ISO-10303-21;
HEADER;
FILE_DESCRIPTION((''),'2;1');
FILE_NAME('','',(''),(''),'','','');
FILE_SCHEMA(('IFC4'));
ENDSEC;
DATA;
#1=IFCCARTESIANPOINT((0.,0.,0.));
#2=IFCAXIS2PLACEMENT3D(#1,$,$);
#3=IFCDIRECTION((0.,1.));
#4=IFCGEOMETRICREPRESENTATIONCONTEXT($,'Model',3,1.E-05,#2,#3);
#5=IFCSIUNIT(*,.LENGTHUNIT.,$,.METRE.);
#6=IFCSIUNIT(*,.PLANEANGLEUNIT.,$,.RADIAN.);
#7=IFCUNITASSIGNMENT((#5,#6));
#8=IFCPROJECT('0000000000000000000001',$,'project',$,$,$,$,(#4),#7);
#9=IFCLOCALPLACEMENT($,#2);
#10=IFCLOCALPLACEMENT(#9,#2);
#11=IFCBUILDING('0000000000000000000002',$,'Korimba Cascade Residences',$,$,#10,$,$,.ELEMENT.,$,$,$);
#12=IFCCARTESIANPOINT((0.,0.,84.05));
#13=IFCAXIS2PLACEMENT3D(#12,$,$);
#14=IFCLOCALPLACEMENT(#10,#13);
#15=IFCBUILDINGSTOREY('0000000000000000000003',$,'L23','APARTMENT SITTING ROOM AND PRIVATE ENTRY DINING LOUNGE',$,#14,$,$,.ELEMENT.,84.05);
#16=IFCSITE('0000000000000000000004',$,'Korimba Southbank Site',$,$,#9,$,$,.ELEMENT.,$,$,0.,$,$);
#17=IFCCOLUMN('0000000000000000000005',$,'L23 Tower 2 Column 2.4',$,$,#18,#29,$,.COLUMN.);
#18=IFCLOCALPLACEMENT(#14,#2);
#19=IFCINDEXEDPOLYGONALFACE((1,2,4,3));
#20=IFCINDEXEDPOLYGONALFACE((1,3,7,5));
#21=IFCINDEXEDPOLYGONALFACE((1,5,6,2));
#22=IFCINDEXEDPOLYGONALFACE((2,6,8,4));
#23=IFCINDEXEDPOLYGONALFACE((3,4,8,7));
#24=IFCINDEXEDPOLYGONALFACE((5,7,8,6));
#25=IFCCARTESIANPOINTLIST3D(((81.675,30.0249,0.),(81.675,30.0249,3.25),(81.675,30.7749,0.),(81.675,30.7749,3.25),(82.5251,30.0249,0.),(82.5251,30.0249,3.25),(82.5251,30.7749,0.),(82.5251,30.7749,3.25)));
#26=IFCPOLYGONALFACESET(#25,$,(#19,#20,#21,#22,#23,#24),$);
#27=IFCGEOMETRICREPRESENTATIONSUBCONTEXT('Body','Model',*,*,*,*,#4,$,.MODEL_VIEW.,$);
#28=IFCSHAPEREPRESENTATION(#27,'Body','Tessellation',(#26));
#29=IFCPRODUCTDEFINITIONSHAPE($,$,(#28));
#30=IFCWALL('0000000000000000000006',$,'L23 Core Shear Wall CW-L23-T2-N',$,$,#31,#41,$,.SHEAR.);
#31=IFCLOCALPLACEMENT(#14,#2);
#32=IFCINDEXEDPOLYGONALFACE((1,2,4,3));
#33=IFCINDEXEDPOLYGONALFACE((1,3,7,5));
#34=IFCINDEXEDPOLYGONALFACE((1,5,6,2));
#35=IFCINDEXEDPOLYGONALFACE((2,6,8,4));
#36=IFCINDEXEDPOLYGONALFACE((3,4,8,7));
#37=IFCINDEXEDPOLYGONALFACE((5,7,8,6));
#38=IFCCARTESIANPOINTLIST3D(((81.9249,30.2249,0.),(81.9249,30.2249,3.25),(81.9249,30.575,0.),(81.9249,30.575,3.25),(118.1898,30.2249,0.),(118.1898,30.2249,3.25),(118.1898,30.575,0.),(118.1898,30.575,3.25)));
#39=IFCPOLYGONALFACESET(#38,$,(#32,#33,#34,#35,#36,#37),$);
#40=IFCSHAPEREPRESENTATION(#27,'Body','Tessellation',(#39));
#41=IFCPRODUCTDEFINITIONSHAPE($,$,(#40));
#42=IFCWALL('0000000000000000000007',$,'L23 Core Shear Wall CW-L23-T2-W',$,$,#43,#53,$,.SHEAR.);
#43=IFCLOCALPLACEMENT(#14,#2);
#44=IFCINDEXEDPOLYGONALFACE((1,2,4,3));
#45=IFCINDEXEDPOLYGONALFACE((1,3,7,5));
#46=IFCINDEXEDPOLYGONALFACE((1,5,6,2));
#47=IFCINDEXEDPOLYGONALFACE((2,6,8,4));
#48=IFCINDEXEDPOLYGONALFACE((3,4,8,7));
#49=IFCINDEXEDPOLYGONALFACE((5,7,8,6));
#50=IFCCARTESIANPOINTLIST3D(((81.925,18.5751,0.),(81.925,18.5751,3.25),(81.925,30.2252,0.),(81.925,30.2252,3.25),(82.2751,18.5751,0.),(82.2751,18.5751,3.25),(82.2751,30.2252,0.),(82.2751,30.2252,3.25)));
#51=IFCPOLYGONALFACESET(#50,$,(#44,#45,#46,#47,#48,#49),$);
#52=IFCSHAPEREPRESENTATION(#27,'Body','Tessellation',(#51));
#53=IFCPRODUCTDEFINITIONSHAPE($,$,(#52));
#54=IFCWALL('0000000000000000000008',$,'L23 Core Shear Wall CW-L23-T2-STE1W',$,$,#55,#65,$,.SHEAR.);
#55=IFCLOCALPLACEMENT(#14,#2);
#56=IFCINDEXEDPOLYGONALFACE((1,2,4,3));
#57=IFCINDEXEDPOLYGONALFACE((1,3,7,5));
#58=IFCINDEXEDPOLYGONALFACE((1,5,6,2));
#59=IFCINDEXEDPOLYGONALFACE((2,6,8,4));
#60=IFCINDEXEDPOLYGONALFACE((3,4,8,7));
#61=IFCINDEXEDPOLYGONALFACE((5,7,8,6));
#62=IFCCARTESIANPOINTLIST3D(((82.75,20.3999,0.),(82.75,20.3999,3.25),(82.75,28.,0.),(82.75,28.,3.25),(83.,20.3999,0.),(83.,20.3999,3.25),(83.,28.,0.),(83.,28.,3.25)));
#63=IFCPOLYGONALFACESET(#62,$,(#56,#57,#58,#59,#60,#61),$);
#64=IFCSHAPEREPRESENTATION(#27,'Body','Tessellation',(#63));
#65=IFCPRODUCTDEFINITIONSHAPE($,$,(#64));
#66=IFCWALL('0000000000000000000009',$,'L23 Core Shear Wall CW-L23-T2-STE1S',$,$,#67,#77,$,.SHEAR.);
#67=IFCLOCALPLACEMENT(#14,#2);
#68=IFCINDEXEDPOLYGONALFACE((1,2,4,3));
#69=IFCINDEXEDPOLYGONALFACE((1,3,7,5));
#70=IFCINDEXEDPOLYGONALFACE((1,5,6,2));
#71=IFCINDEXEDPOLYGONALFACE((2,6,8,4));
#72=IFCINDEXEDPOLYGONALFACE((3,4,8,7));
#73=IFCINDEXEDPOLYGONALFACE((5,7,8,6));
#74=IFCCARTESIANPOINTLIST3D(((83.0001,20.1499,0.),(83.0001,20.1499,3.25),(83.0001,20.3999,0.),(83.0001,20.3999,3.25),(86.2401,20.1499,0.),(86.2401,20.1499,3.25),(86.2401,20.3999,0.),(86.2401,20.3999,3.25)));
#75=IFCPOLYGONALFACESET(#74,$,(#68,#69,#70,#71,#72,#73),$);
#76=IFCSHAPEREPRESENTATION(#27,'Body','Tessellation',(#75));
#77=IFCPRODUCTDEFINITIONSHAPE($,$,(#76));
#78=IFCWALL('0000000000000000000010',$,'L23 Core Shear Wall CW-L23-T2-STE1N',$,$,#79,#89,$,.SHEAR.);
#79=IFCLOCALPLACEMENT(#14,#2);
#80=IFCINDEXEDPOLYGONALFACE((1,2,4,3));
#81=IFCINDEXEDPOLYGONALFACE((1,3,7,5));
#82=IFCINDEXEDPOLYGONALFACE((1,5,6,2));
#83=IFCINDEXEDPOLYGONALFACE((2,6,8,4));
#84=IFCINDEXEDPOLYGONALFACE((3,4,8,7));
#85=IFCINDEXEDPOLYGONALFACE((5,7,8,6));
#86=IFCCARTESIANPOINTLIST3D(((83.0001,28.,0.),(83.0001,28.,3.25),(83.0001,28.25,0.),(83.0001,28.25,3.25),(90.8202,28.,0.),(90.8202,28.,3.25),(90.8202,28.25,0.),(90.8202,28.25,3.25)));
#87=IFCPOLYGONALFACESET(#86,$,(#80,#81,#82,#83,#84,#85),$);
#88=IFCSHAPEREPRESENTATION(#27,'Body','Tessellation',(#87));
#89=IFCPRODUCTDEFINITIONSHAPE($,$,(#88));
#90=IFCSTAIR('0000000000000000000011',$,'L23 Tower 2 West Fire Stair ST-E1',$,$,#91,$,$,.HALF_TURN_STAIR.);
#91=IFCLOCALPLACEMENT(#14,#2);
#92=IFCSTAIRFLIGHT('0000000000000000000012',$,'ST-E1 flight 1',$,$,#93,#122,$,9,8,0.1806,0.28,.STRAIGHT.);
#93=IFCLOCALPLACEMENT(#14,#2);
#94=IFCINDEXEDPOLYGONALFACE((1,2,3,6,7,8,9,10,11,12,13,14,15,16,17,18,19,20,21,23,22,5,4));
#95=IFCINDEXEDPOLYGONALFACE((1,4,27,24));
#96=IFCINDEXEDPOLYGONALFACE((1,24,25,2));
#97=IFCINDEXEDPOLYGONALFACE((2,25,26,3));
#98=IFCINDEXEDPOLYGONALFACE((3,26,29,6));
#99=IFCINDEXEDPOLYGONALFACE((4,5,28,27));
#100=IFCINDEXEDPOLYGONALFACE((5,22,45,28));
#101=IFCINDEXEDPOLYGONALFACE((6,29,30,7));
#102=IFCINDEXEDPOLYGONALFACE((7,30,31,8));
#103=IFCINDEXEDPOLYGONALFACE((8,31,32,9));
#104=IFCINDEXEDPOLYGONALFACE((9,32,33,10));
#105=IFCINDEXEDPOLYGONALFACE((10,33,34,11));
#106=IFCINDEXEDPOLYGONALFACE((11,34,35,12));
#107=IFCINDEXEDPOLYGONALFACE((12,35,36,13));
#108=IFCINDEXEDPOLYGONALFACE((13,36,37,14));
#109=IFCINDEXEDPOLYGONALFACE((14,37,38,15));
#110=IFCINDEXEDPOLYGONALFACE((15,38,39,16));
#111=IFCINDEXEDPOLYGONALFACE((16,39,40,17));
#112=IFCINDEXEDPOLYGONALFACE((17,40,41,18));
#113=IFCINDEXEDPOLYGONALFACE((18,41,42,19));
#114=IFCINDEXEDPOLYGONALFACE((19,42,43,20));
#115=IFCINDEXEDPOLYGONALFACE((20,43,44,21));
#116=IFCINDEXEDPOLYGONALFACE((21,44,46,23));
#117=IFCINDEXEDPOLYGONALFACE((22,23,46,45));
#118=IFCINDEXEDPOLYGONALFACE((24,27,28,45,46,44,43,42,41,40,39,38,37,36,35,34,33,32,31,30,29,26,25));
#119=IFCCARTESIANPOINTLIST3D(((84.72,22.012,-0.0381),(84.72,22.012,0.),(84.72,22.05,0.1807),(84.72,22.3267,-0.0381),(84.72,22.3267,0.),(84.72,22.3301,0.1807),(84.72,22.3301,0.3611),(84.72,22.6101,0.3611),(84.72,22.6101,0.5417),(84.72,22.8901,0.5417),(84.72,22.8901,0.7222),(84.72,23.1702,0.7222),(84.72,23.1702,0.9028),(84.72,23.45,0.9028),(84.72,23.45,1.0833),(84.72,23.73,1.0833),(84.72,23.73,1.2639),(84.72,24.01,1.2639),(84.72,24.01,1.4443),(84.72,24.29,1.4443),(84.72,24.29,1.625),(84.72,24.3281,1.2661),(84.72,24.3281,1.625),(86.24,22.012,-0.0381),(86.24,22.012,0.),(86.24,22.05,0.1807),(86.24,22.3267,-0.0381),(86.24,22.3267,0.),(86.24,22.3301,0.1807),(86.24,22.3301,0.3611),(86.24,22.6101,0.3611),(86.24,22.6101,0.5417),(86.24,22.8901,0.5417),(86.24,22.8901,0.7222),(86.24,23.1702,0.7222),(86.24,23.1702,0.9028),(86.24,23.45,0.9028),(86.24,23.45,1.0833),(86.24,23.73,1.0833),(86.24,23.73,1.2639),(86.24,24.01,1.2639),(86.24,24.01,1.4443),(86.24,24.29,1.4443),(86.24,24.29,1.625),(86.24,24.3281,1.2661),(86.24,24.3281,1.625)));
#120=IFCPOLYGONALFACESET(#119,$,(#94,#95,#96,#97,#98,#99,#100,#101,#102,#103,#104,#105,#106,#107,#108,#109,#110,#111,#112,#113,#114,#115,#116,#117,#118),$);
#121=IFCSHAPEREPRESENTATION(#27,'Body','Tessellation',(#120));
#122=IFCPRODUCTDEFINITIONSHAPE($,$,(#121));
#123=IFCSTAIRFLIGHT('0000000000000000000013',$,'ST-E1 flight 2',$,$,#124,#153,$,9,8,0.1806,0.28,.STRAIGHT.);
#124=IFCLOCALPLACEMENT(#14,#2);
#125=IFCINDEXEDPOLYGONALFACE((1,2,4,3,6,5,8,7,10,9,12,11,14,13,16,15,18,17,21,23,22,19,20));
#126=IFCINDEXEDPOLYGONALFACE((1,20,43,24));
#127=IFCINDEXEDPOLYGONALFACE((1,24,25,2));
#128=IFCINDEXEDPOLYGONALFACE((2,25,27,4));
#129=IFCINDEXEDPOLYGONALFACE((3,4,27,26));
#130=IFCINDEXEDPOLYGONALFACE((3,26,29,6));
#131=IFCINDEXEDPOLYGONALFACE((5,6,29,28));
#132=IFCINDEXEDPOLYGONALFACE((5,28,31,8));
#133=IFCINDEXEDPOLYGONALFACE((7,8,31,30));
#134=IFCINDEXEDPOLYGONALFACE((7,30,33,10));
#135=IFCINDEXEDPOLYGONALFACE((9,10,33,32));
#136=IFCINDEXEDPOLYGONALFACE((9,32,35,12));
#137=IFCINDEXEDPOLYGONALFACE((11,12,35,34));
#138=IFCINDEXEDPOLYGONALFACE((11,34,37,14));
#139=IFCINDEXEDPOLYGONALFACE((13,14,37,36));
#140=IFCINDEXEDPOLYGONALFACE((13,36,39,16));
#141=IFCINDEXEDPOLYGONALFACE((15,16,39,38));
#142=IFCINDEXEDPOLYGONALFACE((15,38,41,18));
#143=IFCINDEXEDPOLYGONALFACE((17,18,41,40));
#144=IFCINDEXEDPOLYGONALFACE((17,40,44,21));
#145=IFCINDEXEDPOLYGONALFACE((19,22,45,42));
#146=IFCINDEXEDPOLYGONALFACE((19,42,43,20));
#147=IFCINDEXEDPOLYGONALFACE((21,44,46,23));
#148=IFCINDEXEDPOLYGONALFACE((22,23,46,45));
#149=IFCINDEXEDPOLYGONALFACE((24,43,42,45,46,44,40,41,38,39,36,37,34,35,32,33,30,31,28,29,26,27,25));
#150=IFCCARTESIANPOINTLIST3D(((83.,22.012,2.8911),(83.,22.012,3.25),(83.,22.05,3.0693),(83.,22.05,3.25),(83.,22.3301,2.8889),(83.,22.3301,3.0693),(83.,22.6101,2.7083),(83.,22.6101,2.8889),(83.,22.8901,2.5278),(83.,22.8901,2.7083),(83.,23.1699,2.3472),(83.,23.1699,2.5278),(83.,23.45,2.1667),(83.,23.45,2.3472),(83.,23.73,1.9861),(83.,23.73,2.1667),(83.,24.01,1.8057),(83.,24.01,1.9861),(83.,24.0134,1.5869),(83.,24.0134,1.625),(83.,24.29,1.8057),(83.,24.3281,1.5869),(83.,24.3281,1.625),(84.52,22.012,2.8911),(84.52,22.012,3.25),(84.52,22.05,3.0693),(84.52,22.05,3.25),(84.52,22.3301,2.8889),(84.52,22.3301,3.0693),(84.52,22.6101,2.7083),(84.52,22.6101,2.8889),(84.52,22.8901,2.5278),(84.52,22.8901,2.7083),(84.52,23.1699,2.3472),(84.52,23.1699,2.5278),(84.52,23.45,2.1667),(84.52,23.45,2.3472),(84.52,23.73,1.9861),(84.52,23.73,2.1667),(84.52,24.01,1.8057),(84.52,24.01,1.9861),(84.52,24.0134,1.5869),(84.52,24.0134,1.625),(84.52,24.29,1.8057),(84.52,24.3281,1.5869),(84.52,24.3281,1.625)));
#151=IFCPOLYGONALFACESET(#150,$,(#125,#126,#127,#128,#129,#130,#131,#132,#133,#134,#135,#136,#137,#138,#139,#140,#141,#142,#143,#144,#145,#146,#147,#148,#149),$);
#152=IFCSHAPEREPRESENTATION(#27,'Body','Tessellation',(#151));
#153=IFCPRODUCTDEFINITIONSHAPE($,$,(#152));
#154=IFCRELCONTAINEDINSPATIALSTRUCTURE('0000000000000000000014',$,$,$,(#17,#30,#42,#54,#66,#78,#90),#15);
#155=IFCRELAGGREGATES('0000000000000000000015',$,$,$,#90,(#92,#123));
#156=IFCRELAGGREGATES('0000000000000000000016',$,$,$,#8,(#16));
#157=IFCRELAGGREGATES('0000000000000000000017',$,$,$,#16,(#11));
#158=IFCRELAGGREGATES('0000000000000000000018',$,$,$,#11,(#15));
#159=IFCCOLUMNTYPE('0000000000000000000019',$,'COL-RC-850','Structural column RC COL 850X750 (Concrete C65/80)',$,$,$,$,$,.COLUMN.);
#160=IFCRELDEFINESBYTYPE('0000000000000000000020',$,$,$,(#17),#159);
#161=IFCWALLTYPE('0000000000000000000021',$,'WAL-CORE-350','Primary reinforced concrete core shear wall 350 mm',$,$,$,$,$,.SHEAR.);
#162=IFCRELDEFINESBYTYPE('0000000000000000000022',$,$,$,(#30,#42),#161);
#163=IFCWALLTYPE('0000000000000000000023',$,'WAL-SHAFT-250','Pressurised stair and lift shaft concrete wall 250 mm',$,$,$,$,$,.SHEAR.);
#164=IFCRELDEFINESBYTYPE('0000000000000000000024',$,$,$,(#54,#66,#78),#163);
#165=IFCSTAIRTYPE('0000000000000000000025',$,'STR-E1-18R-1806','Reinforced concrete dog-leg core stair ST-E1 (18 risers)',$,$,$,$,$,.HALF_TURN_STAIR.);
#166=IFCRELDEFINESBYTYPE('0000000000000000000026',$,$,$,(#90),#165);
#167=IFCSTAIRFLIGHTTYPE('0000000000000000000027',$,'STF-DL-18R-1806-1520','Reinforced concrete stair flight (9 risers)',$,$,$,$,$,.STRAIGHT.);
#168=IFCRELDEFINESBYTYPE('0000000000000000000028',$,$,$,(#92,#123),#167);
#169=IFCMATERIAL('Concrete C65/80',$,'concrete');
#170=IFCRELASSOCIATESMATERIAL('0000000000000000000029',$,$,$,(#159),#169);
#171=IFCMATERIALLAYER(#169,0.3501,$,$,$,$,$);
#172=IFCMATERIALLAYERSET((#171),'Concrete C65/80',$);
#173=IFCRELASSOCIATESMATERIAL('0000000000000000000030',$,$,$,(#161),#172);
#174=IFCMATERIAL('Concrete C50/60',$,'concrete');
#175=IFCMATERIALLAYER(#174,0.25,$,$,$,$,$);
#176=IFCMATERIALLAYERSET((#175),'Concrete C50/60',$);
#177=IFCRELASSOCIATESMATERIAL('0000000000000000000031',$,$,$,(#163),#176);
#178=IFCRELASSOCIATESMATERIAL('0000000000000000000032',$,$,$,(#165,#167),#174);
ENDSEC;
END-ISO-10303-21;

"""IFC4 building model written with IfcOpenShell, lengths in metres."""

from ifc_helpers import new_model, si_unit, direction, frame, frame_2d, origin, origin_2d, place, context, subcontext, project, spatial, polyline, rectangle, outline, extrude, material, layer, layer_set, material_profile, profile_set, type_object, element, aggregate, save


model = new_model("IFC4")

# Units and contexts
model_context = context("Model", 3, precision=1e-05, world=origin(), true_north=direction((0.0, 1.0)))
body_context = subcontext(model_context, "Body", "Model", "MODEL_VIEW")
ifc_project = project(units=[si_unit("LENGTHUNIT", "METRE"), si_unit("PLANEANGLEUNIT", "RADIAN")], contexts=[model_context])

# Site, building, storey
site_placement = place(None, origin())
site = spatial("IfcSite", under=ifc_project, at=site_placement, Name="Korimba Southbank Site", CompositionType="ELEMENT", RefElevation=0.0)
building_placement = place(site_placement, origin())
building = spatial("IfcBuilding", under=site, at=building_placement, Name="Korimba Cascade Residences", CompositionType="ELEMENT")
storey_placement = place(building_placement, frame((0.0, 0.0, 84.05)))
storey = spatial("IfcBuildingStorey", under=building, at=storey_placement, Name="L23", Description="APARTMENT SITTING ROOM AND PRIVATE ENTRY DINING LOUNGE", CompositionType="ELEMENT", Elevation=84.05)

# Column
ifc_material_1 = material(Name="Concrete C65/80", Category="concrete")
ifc_material_profile = material_profile(ifc_material_1, rectangle(XDim=0.8501, YDim=0.75, at=origin_2d()), Name="Concrete C65/80")
ifc_profile_set = profile_set([ifc_material_profile], Name="Concrete C65/80")
column_type = type_object("IfcColumnType", Name="COL-RC-850", Description="Structural column RC COL 850X750 (Concrete C65/80)", PredefinedType="COLUMN", material=ifc_profile_set)
column_placement = place(storey_placement, frame((82.1001, 30.3999, 0.0), z_axis=(0.0, 0.0, 1.0), x_axis=(1.0, 0.0, 0.0)))
element("IfcColumn", 1, at=column_placement, inside=storey, type_object=column_type, Name="L23 Tower 2 Column 2.4", PredefinedType="COLUMN", context=body_context, shape_type="SweptSolid", body=[
    extrude(rectangle(XDim=0.8501, YDim=0.75, at=origin_2d()), origin(), (0.0, 0.0, 1.0), 3.25),
])

# Walls
ifc_layer_1 = layer(ifc_material_1, 0.3501)
ifc_layer_set_1 = layer_set([ifc_layer_1], Name="Concrete C65/80")
wall_type_1 = type_object("IfcWallType", Name="WAL-CORE-350", Description="Primary reinforced concrete core shear wall 350 mm", PredefinedType="SHEAR", material=ifc_layer_set_1)
wall_1_placement = place(storey_placement, frame((81.925, 30.3999, 0.0), z_axis=(0.0, 0.0, 1.0), x_axis=(1.0, 0.0, 0.0)))
element("IfcWall", 2, at=wall_1_placement, inside=storey, type_object=wall_type_1, Name="L23 Core Shear Wall CW-L23-T2-N", PredefinedType="SHEAR", context=body_context, shape_type="SweptSolid", body=[
    extrude(rectangle(XDim=36.2649, YDim=0.3501, at=frame_2d((18.1323, 0.0))), origin(), (0.0, 0.0, 1.0), 3.25),
])
wall_2_placement = place(storey_placement, frame((82.1001, 18.575, 0.0), z_axis=(0.0, 0.0, 1.0), x_axis=(0.0, 1.0, 0.0)))
element("IfcWall", 3, at=wall_2_placement, inside=storey, type_object=wall_type_1, Name="L23 Core Shear Wall CW-L23-T2-W", PredefinedType="SHEAR", context=body_context, shape_type="SweptSolid", body=[
    extrude(rectangle(XDim=11.6501, YDim=0.3501, at=frame_2d((5.8252, 0.0))), origin(), (0.0, 0.0, 1.0), 3.25),
])
ifc_material_2 = material(Name="Concrete C50/60", Category="concrete")
ifc_layer_2 = layer(ifc_material_2, 0.25)
ifc_layer_set_2 = layer_set([ifc_layer_2], Name="Concrete C50/60")
wall_type_2 = type_object("IfcWallType", Name="WAL-SHAFT-250", Description="Pressurised stair and lift shaft concrete wall 250 mm", PredefinedType="SHEAR", material=ifc_layer_set_2)
wall_3_placement = place(storey_placement, frame((82.875, 20.3999, 0.0), z_axis=(0.0, 0.0, 1.0), x_axis=(0.0, 1.0, 0.0)))
element("IfcWall", 4, at=wall_3_placement, inside=storey, type_object=wall_type_2, Name="L23 Core Shear Wall CW-L23-T2-STE1W", PredefinedType="SHEAR", context=body_context, shape_type="SweptSolid", body=[
    extrude(rectangle(XDim=7.6001, YDim=0.25, at=frame_2d((3.8, 0.0))), origin(), (0.0, 0.0, 1.0), 3.25),
])
wall_4_placement = place(storey_placement, frame((83.0, 20.2749, 0.0), z_axis=(0.0, 0.0, 1.0), x_axis=(1.0, 0.0, 0.0)))
element("IfcWall", 5, at=wall_4_placement, inside=storey, type_object=wall_type_2, Name="L23 Core Shear Wall CW-L23-T2-STE1S", PredefinedType="SHEAR", context=body_context, shape_type="SweptSolid", body=[
    extrude(rectangle(XDim=3.24, YDim=0.25, at=frame_2d((1.6201, 0.0))), origin(), (0.0, 0.0, 1.0), 3.25),
])
wall_5_placement = place(storey_placement, frame((83.0, 28.125, 0.0), z_axis=(0.0, 0.0, 1.0), x_axis=(1.0, 0.0, 0.0)))
element("IfcWall", 6, at=wall_5_placement, inside=storey, type_object=wall_type_2, Name="L23 Core Shear Wall CW-L23-T2-STE1N", PredefinedType="SHEAR", context=body_context, shape_type="SweptSolid", body=[
    extrude(rectangle(XDim=7.8201, YDim=0.25, at=frame_2d((3.9102, 0.0))), origin(), (0.0, 0.0, 1.0), 3.25),
])

# Stair, stair flights
stair_type = type_object("IfcStairType", Name="STR-E1-18R-1806", Description="Reinforced concrete dog-leg core stair ST-E1 (18 risers)", PredefinedType="HALF_TURN_STAIR", material=ifc_material_2)
stair_placement = place(storey_placement, origin())
stair = element("IfcStair", 7, at=stair_placement, inside=storey, type_object=stair_type, Name="L23 Tower 2 West Fire Stair ST-E1", PredefinedType="HALF_TURN_STAIR")
stair_flight_type = type_object("IfcStairFlightType", Name="STF-DL-18R-1806-1520", Description="Reinforced concrete stair flight (9 risers)", PredefinedType="STRAIGHT", material=ifc_material_2)
stair_flight_1_placement = place(storey_placement, frame((85.48, 22.05, 0.0), z_axis=(0.0, 0.0, 1.0), x_axis=(0.0, 1.0, 0.0)))
stair_flight_1 = element("IfcStairFlight", 8, at=stair_flight_1_placement, type_object=stair_flight_type, Name="ST-E1 flight 1", NumberOfRisers=9, NumberOfTreads=8, PredefinedType="STRAIGHT", RiserHeight=0.1806, TreadLength=0.28, context=body_context, shape_type="SweptSolid", body=[
    extrude(outline(polyline([(-0.0381, 0.0), (0.0, 0.1807), (0.28, 0.1807), (0.28, 0.3611), (0.5601, 0.3611), (0.5601, 0.5417), (0.8401, 0.5417), (0.8401, 0.7222), (1.1201, 0.7222), (1.1201, 0.9028), (1.3999, 0.9028), (1.3999, 1.0833), (1.6799, 1.0833), (1.6799, 1.2639), (1.96, 1.2639), (1.96, 1.4443), (2.24, 1.4443), (2.24, 1.625), (2.2781, 1.625), (2.2781, 1.2661), (0.2766, 0.0), (0.2766, -0.0381), (-0.0381, -0.0381), (-0.0381, 0.0)])), frame((0.0, 0.76, 0.0), z_axis=(0.0, -1.0, 0.0), x_axis=(1.0, 0.0, 0.0)), (0.0, 0.0, 1.0), 1.52),
])
stair_flight_2_placement = place(storey_placement, frame((83.76, 24.29, 1.625), z_axis=(0.0, 0.0, 1.0), x_axis=(0.0, -1.0, 0.0)))
stair_flight_2 = element("IfcStairFlight", 9, at=stair_flight_2_placement, type_object=stair_flight_type, Name="ST-E1 flight 2", NumberOfRisers=9, NumberOfTreads=8, PredefinedType="STRAIGHT", RiserHeight=0.1806, TreadLength=0.28, context=body_context, shape_type="SweptSolid", body=[
    extrude(outline(polyline([(-0.0381, 0.0), (0.0, 0.1807), (0.28, 0.1807), (0.28, 0.3611), (0.5601, 0.3611), (0.5601, 0.5417), (0.8401, 0.5417), (0.8401, 0.7222), (1.1201, 0.7222), (1.1201, 0.9028), (1.3999, 0.9028), (1.3999, 1.0833), (1.6799, 1.0833), (1.6799, 1.2639), (1.96, 1.2639), (1.96, 1.4443), (2.24, 1.4443), (2.24, 1.625), (2.2781, 1.625), (2.2781, 1.2661), (0.2766, 0.0), (0.2766, -0.0381), (-0.0381, -0.0381), (-0.0381, 0.0)])), frame((0.0, 0.76, 0.0), z_axis=(0.0, -1.0, 0.0), x_axis=(1.0, 0.0, 0.0)), (0.0, 0.0, 1.0), 1.52),
])
aggregate(stair, [stair_flight_1, stair_flight_2])

save(model, "model.ifc")
